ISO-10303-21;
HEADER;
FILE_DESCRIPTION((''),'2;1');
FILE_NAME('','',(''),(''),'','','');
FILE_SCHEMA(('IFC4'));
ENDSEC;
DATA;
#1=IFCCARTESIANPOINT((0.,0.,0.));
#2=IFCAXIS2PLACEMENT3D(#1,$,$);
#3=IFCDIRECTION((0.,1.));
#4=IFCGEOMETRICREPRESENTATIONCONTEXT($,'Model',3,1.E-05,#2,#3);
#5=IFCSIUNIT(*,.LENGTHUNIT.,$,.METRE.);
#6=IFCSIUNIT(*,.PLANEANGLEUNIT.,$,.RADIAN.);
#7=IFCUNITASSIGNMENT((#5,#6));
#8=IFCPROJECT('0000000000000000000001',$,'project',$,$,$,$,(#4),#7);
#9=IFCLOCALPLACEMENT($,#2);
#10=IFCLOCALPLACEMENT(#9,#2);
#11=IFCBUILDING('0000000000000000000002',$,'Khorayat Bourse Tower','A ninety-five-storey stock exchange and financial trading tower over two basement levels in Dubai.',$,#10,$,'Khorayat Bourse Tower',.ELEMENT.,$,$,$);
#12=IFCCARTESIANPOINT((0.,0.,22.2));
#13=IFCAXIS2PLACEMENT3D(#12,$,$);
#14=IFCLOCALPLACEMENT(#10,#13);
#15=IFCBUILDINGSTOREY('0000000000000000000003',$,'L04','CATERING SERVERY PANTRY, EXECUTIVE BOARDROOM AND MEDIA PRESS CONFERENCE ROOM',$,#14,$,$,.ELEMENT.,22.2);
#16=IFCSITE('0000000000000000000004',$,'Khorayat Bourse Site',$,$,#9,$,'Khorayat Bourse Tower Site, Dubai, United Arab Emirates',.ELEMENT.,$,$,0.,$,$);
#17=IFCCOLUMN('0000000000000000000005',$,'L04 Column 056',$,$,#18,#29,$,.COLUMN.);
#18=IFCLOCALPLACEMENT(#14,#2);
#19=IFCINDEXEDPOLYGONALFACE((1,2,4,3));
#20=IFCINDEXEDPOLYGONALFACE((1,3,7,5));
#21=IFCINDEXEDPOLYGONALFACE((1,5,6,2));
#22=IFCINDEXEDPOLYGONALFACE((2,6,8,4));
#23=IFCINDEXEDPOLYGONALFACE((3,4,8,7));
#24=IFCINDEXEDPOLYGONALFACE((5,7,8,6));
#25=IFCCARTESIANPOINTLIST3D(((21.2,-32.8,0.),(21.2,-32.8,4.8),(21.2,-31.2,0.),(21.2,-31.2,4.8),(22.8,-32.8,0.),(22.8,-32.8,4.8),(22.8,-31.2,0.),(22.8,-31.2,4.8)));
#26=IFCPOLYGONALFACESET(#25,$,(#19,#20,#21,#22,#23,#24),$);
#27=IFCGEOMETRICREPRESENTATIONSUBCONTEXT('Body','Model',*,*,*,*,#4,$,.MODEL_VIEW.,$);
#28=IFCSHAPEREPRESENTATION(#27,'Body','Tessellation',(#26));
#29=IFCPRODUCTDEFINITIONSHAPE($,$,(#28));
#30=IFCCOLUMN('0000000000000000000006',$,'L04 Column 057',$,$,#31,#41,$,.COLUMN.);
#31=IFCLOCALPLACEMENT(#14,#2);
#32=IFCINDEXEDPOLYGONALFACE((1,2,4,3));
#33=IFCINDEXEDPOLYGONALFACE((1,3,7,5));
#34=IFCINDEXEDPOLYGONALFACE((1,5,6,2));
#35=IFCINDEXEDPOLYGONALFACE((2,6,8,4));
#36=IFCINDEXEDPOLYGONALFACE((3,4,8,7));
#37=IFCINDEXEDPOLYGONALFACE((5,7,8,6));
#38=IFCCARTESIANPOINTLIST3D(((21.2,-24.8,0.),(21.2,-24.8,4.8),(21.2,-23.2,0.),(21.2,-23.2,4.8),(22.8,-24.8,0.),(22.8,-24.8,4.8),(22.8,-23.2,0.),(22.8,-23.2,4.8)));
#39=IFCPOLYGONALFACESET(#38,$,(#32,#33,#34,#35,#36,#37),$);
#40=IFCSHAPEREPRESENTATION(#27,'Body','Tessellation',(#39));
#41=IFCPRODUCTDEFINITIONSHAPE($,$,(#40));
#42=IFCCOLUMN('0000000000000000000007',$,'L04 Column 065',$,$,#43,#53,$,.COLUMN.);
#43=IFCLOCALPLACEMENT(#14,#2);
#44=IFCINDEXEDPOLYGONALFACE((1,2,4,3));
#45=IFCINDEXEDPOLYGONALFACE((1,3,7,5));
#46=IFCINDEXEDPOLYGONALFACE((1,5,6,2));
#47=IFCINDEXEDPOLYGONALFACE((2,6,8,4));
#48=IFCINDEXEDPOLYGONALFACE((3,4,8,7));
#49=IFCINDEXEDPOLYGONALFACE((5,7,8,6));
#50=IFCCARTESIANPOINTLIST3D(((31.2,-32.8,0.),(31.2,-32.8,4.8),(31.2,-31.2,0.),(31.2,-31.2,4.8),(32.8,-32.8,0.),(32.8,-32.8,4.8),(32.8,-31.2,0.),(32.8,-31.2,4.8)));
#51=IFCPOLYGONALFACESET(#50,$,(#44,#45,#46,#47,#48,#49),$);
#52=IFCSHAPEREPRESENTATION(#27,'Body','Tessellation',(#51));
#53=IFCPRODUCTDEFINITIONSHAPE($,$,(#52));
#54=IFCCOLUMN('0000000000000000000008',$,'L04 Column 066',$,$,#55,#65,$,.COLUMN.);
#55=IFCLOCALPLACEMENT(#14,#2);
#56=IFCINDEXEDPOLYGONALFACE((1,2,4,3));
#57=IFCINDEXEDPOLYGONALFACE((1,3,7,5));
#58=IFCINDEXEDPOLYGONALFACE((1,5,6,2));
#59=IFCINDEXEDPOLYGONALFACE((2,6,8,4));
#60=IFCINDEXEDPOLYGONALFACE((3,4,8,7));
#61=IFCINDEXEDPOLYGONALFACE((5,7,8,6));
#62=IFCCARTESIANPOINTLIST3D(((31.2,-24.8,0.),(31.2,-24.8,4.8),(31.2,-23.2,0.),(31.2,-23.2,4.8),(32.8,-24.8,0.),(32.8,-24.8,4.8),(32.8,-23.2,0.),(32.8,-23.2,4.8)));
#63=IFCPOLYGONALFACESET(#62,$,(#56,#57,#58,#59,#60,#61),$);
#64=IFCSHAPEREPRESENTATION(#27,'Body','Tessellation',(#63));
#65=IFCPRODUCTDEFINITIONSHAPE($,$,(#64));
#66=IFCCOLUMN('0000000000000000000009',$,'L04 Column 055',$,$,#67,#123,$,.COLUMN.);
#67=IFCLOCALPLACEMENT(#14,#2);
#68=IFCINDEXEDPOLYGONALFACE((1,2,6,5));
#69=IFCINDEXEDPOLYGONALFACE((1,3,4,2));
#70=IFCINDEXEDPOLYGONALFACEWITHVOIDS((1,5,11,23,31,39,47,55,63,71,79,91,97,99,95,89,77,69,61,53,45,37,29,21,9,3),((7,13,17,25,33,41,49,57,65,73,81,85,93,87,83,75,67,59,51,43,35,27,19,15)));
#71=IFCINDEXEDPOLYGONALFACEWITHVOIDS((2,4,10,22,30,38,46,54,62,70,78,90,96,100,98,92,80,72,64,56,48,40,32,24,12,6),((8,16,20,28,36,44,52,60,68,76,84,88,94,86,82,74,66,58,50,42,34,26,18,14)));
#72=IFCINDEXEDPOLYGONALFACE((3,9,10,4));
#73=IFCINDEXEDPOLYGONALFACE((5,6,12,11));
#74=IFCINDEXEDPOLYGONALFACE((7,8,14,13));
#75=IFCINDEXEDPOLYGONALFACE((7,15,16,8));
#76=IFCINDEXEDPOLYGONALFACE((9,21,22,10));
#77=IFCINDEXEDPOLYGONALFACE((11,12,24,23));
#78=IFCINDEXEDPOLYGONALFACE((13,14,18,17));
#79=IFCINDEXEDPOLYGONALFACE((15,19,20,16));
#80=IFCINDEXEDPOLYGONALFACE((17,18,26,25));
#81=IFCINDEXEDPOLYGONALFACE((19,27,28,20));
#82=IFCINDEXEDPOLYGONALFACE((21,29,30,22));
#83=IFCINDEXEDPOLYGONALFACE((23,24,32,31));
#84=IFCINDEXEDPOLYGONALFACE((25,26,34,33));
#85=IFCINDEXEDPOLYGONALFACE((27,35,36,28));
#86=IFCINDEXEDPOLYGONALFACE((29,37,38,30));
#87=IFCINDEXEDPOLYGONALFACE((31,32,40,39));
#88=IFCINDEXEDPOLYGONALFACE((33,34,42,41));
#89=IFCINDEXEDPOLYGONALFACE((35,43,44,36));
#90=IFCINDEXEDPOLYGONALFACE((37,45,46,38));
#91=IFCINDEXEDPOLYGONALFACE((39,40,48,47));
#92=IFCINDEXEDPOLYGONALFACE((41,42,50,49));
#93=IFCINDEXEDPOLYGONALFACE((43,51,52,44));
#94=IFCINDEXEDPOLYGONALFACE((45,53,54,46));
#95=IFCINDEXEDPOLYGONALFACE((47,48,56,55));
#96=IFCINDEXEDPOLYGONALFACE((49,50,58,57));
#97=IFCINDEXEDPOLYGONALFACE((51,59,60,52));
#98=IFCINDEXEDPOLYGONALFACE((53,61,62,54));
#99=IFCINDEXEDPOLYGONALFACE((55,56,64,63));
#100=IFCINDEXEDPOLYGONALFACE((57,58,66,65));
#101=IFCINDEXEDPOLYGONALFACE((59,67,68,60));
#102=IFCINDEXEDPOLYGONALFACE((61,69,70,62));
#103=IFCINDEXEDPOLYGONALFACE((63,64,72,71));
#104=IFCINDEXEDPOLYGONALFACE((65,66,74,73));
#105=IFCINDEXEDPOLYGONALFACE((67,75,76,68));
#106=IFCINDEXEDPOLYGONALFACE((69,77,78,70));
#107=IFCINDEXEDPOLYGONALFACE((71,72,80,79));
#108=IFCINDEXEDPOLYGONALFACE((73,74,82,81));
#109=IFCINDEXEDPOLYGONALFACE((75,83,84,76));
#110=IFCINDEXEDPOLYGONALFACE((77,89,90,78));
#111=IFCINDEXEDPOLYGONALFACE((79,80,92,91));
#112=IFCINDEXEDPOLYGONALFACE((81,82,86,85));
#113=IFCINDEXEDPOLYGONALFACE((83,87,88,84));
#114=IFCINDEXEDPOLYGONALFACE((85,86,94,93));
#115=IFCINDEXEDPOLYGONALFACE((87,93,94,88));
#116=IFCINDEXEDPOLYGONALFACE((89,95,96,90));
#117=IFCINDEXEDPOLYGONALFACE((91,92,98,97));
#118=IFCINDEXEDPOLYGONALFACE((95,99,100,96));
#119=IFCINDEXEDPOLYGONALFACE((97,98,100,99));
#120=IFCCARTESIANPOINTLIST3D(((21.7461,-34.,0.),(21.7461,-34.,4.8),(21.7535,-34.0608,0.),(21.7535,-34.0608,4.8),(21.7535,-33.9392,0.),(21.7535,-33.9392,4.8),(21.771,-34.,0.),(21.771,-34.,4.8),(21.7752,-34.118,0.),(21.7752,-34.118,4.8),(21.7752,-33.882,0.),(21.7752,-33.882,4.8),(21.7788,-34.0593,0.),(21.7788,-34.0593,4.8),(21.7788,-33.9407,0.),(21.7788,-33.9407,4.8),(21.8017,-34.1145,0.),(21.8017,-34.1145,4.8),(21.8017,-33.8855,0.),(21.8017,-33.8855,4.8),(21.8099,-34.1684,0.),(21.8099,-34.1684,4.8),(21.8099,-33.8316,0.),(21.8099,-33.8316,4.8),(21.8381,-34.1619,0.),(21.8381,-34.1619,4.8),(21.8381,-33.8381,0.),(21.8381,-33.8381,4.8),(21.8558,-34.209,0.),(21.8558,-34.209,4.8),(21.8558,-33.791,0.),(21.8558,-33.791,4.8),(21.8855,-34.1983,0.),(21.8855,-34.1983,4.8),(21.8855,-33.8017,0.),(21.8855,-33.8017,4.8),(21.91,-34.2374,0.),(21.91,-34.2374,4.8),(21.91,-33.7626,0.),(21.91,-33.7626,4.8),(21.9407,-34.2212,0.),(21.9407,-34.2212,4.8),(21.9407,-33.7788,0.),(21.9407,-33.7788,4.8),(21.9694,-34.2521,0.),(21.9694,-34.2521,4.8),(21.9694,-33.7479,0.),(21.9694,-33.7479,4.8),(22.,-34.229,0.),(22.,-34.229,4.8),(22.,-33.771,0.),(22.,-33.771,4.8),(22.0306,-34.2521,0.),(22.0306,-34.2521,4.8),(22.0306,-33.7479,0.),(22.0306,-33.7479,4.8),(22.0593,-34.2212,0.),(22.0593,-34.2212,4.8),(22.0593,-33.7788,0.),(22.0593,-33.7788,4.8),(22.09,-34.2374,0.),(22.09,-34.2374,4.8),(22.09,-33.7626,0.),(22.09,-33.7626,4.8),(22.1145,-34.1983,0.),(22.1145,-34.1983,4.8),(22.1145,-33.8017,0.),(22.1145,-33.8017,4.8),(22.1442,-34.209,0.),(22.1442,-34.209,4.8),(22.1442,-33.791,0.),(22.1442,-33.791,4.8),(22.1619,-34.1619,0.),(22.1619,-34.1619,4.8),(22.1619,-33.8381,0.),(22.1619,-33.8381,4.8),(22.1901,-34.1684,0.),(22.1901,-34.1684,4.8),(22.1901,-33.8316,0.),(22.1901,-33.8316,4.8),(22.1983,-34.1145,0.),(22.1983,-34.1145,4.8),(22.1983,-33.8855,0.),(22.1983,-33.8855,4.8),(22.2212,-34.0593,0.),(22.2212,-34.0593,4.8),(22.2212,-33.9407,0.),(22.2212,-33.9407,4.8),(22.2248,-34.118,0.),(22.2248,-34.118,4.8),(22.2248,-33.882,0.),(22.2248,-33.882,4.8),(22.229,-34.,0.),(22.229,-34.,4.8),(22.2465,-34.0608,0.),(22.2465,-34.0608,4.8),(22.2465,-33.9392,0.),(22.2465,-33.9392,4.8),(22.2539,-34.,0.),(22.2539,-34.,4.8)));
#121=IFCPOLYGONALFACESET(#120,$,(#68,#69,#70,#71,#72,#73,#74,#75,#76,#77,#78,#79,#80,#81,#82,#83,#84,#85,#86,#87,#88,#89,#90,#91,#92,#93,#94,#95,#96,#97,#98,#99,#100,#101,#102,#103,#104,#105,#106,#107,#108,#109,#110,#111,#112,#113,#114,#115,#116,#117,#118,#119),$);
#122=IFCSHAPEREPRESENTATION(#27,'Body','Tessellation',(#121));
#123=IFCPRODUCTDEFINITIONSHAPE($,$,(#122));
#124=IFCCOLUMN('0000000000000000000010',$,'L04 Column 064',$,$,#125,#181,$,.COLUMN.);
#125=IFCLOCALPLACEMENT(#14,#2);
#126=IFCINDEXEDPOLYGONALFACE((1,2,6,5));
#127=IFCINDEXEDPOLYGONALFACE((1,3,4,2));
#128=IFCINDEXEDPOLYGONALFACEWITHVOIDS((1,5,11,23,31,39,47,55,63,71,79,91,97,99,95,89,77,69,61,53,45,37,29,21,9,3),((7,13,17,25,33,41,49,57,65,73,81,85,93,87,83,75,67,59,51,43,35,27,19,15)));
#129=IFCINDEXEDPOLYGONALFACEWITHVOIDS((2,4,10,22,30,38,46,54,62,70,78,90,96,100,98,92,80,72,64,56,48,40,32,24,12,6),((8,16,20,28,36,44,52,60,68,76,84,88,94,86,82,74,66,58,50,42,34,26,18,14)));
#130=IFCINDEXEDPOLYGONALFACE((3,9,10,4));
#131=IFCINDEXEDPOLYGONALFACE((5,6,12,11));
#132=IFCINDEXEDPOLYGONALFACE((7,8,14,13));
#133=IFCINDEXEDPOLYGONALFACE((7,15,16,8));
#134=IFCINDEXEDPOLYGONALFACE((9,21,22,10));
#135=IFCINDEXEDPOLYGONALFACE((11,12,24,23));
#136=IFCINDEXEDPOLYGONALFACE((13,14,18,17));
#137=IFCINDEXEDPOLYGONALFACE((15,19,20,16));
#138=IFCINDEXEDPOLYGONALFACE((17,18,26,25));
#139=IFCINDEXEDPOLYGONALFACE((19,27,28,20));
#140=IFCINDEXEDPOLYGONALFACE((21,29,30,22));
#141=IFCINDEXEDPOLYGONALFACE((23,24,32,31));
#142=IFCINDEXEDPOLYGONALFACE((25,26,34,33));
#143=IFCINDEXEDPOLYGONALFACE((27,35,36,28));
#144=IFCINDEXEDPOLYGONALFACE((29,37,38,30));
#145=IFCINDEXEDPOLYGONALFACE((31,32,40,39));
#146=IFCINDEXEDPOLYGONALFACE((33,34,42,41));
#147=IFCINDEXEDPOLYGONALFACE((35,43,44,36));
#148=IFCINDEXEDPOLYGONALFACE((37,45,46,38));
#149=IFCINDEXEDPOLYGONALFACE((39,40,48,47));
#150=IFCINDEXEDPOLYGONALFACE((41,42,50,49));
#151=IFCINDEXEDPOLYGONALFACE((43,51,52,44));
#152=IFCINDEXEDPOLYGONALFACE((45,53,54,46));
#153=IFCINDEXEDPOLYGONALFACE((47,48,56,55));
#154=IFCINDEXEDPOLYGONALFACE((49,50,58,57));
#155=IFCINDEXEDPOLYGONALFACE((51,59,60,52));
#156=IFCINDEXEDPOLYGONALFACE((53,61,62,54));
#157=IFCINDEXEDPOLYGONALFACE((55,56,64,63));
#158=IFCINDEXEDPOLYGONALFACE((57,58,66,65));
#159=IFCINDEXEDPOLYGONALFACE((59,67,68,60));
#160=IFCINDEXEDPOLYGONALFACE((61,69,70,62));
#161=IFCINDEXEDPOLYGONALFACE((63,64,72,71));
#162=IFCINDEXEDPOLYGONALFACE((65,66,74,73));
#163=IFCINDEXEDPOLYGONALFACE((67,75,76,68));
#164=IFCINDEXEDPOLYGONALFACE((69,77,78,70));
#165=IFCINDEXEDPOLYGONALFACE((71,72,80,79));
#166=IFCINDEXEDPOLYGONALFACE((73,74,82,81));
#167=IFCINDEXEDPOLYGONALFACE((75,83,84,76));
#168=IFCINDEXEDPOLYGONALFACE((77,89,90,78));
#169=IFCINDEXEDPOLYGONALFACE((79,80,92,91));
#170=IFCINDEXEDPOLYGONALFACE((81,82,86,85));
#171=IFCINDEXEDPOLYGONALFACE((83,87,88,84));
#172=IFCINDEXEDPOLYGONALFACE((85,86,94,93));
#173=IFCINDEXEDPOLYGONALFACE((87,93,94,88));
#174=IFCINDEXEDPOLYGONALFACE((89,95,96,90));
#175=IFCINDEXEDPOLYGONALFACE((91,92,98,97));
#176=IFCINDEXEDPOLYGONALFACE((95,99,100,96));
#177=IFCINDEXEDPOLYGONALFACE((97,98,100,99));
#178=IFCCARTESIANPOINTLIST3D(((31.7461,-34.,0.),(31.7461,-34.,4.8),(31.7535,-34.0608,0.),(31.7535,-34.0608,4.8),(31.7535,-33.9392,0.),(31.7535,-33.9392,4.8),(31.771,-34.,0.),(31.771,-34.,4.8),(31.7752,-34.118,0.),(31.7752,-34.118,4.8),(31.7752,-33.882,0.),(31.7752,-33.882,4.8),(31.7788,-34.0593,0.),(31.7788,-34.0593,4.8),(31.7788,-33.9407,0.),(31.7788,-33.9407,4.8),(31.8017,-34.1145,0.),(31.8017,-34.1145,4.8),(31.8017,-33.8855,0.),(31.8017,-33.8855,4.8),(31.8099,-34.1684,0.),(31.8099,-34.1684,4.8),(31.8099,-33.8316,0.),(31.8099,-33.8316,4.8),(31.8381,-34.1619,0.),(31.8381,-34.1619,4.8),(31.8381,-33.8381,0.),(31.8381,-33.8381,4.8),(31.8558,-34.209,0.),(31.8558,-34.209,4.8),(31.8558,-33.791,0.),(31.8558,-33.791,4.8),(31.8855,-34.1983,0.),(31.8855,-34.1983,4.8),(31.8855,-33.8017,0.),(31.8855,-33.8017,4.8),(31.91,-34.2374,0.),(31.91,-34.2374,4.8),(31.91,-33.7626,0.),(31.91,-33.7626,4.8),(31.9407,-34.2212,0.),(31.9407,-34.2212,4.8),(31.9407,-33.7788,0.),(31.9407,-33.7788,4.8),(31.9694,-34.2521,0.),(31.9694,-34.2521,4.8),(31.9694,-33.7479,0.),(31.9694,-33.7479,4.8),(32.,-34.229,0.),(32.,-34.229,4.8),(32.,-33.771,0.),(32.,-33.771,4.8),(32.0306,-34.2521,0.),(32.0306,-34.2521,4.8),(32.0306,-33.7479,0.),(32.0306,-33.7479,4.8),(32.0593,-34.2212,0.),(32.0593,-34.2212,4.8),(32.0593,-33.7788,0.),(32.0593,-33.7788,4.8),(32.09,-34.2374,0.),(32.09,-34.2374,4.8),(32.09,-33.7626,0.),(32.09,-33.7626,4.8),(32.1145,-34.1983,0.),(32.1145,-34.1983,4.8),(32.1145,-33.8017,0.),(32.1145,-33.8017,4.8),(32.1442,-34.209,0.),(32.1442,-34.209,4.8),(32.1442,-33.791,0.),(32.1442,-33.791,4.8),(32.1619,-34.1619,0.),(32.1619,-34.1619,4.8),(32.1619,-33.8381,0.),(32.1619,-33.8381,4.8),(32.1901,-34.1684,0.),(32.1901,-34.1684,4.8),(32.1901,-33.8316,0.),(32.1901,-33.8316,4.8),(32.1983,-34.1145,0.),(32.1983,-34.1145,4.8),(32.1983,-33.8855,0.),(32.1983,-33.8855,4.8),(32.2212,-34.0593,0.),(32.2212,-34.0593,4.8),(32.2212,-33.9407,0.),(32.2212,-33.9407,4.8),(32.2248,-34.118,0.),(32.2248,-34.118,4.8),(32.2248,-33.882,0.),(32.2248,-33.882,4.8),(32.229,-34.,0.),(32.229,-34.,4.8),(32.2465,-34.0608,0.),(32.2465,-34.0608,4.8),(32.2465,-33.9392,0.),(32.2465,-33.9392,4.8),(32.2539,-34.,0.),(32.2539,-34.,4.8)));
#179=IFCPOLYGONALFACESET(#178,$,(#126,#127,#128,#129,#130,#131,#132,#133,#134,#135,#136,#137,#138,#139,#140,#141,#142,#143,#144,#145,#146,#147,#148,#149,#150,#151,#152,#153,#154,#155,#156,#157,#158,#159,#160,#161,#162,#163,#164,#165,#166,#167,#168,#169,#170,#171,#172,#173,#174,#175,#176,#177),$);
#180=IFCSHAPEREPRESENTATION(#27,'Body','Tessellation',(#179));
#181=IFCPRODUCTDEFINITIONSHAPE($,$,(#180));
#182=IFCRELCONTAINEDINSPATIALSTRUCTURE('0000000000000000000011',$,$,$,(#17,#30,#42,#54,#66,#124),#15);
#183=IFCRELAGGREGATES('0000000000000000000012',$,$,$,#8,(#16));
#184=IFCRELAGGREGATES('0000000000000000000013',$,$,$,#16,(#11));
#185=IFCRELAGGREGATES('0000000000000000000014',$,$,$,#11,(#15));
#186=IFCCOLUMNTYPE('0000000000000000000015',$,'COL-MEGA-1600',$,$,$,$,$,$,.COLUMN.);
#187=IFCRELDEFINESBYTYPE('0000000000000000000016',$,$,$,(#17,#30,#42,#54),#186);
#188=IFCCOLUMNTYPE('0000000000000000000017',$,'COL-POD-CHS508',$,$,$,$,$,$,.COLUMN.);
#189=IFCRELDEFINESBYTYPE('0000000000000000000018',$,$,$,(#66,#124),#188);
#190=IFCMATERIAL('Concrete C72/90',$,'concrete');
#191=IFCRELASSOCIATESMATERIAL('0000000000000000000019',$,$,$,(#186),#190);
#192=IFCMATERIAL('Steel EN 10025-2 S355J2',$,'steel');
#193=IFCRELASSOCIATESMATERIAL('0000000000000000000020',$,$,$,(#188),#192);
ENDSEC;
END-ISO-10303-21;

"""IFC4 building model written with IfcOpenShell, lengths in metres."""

from ifc_helpers import new_model, si_unit, direction, frame, origin, origin_2d, place, context, subcontext, project, spatial, rectangle, hollow_circle, extrude, source, transform, mapped, material, material_profile, profile_set, type_object, element, save


model = new_model("IFC4")

# Units and contexts
model_context = context("Model", 3, precision=1e-05, world=origin(), true_north=direction((0.0, 1.0)))
body_context = subcontext(model_context, "Body", "Model", "MODEL_VIEW")
ifc_project = project(units=[si_unit("LENGTHUNIT", "METRE"), si_unit("PLANEANGLEUNIT", "RADIAN")], contexts=[model_context])

# Site, building, storey
site_placement = place(None, origin())
site = spatial("IfcSite", under=ifc_project, at=site_placement, Name="Khorayat Bourse Site", LongName="Khorayat Bourse Tower Site, Dubai, United Arab Emirates", CompositionType="ELEMENT", RefElevation=0.0)
building_placement = place(site_placement, origin())
building = spatial("IfcBuilding", under=site, at=building_placement, Name="Khorayat Bourse Tower", Description="A ninety-five-storey stock exchange and financial trading tower over two basement levels in Dubai.", LongName="Khorayat Bourse Tower", CompositionType="ELEMENT")
storey_placement = place(building_placement, frame((0.0, 0.0, 22.2)))
storey = spatial("IfcBuildingStorey", under=building, at=storey_placement, Name="L04", Description="CATERING SERVERY PANTRY, EXECUTIVE BOARDROOM AND MEDIA PRESS CONFERENCE ROOM", CompositionType="ELEMENT", Elevation=22.2)

# Columns
ifc_material_1 = material(Name="Concrete C72/90", Category="concrete")
ifc_material_profile_1 = material_profile(ifc_material_1, rectangle(XDim=1.6001, YDim=1.6001, at=origin_2d()), Name="RC 1600x1600")
ifc_profile_set_1 = profile_set([ifc_material_profile_1], Name="Concrete C72/90")
column_type_1 = type_object("IfcColumnType", Name="COL-MEGA-1600", PredefinedType="COLUMN", material=ifc_profile_set_1)
shared_shape_1 = source(origin(), body_context, "Body", "SweptSolid", [
    extrude(rectangle(XDim=1.6001, YDim=1.6001, at=origin_2d()), origin(), (0.0, 0.0, 1.0), 4.8),
])
for number, where, z_axis, x_axis, name in (
    (1, (22.0, -32.0, 0.0), (0.0, 0.0, 1.0), (1.0, 0.0, 0.0), "L04 Column 056"),
    (2, (22.0, -24.0, 0.0), (0.0, 0.0, 1.0), (1.0, 0.0, 0.0), "L04 Column 057"),
    (3, (32.0, -32.0, 0.0), (0.0, 0.0, 1.0), (1.0, 0.0, 0.0), "L04 Column 065"),
    (4, (32.0, -24.0, 0.0), (0.0, 0.0, 1.0), (1.0, 0.0, 0.0), "L04 Column 066"),
):
    element("IfcColumn", number, at=place(storey_placement, frame(where, z_axis=z_axis, x_axis=x_axis)), inside=storey, type_object=column_type_1, Name=name, PredefinedType="COLUMN", context=body_context, shape_type="MappedRepresentation", body=[
        mapped(shared_shape_1, transform((0.0, 0.0, 0.0), scale=1.0)),
    ])
ifc_material_2 = material(Name="Steel EN 10025-2 S355J2", Category="steel")
ifc_material_profile_2 = material_profile(ifc_material_2, hollow_circle(Radius=0.2539, WallThickness=0.0249, at=origin_2d()), Name="CHS 508x25")
ifc_profile_set_2 = profile_set([ifc_material_profile_2], Name="Steel EN 10025-2 S355J2")
column_type_2 = type_object("IfcColumnType", Name="COL-POD-CHS508", PredefinedType="COLUMN", material=ifc_profile_set_2)
shared_shape_2 = source(origin(), body_context, "Body", "SweptSolid", [
    extrude(hollow_circle(Radius=0.2539, WallThickness=0.0249, at=origin_2d()), origin(), (0.0, 0.0, 1.0), 4.8),
])
for number, where, z_axis, x_axis, name in (
    (5, (22.0, -34.0, 0.0), (0.0, 0.0, 1.0), (1.0, 0.0, 0.0), "L04 Column 055"),
    (6, (32.0, -34.0, 0.0), (0.0, 0.0, 1.0), (1.0, 0.0, 0.0), "L04 Column 064"),
):
    element("IfcColumn", number, at=place(storey_placement, frame(where, z_axis=z_axis, x_axis=x_axis)), inside=storey, type_object=column_type_2, Name=name, PredefinedType="COLUMN", context=body_context, shape_type="MappedRepresentation", body=[
        mapped(shared_shape_2, transform((0.0, 0.0, 0.0), scale=1.0)),
    ])

save(model, "model.ifc")
